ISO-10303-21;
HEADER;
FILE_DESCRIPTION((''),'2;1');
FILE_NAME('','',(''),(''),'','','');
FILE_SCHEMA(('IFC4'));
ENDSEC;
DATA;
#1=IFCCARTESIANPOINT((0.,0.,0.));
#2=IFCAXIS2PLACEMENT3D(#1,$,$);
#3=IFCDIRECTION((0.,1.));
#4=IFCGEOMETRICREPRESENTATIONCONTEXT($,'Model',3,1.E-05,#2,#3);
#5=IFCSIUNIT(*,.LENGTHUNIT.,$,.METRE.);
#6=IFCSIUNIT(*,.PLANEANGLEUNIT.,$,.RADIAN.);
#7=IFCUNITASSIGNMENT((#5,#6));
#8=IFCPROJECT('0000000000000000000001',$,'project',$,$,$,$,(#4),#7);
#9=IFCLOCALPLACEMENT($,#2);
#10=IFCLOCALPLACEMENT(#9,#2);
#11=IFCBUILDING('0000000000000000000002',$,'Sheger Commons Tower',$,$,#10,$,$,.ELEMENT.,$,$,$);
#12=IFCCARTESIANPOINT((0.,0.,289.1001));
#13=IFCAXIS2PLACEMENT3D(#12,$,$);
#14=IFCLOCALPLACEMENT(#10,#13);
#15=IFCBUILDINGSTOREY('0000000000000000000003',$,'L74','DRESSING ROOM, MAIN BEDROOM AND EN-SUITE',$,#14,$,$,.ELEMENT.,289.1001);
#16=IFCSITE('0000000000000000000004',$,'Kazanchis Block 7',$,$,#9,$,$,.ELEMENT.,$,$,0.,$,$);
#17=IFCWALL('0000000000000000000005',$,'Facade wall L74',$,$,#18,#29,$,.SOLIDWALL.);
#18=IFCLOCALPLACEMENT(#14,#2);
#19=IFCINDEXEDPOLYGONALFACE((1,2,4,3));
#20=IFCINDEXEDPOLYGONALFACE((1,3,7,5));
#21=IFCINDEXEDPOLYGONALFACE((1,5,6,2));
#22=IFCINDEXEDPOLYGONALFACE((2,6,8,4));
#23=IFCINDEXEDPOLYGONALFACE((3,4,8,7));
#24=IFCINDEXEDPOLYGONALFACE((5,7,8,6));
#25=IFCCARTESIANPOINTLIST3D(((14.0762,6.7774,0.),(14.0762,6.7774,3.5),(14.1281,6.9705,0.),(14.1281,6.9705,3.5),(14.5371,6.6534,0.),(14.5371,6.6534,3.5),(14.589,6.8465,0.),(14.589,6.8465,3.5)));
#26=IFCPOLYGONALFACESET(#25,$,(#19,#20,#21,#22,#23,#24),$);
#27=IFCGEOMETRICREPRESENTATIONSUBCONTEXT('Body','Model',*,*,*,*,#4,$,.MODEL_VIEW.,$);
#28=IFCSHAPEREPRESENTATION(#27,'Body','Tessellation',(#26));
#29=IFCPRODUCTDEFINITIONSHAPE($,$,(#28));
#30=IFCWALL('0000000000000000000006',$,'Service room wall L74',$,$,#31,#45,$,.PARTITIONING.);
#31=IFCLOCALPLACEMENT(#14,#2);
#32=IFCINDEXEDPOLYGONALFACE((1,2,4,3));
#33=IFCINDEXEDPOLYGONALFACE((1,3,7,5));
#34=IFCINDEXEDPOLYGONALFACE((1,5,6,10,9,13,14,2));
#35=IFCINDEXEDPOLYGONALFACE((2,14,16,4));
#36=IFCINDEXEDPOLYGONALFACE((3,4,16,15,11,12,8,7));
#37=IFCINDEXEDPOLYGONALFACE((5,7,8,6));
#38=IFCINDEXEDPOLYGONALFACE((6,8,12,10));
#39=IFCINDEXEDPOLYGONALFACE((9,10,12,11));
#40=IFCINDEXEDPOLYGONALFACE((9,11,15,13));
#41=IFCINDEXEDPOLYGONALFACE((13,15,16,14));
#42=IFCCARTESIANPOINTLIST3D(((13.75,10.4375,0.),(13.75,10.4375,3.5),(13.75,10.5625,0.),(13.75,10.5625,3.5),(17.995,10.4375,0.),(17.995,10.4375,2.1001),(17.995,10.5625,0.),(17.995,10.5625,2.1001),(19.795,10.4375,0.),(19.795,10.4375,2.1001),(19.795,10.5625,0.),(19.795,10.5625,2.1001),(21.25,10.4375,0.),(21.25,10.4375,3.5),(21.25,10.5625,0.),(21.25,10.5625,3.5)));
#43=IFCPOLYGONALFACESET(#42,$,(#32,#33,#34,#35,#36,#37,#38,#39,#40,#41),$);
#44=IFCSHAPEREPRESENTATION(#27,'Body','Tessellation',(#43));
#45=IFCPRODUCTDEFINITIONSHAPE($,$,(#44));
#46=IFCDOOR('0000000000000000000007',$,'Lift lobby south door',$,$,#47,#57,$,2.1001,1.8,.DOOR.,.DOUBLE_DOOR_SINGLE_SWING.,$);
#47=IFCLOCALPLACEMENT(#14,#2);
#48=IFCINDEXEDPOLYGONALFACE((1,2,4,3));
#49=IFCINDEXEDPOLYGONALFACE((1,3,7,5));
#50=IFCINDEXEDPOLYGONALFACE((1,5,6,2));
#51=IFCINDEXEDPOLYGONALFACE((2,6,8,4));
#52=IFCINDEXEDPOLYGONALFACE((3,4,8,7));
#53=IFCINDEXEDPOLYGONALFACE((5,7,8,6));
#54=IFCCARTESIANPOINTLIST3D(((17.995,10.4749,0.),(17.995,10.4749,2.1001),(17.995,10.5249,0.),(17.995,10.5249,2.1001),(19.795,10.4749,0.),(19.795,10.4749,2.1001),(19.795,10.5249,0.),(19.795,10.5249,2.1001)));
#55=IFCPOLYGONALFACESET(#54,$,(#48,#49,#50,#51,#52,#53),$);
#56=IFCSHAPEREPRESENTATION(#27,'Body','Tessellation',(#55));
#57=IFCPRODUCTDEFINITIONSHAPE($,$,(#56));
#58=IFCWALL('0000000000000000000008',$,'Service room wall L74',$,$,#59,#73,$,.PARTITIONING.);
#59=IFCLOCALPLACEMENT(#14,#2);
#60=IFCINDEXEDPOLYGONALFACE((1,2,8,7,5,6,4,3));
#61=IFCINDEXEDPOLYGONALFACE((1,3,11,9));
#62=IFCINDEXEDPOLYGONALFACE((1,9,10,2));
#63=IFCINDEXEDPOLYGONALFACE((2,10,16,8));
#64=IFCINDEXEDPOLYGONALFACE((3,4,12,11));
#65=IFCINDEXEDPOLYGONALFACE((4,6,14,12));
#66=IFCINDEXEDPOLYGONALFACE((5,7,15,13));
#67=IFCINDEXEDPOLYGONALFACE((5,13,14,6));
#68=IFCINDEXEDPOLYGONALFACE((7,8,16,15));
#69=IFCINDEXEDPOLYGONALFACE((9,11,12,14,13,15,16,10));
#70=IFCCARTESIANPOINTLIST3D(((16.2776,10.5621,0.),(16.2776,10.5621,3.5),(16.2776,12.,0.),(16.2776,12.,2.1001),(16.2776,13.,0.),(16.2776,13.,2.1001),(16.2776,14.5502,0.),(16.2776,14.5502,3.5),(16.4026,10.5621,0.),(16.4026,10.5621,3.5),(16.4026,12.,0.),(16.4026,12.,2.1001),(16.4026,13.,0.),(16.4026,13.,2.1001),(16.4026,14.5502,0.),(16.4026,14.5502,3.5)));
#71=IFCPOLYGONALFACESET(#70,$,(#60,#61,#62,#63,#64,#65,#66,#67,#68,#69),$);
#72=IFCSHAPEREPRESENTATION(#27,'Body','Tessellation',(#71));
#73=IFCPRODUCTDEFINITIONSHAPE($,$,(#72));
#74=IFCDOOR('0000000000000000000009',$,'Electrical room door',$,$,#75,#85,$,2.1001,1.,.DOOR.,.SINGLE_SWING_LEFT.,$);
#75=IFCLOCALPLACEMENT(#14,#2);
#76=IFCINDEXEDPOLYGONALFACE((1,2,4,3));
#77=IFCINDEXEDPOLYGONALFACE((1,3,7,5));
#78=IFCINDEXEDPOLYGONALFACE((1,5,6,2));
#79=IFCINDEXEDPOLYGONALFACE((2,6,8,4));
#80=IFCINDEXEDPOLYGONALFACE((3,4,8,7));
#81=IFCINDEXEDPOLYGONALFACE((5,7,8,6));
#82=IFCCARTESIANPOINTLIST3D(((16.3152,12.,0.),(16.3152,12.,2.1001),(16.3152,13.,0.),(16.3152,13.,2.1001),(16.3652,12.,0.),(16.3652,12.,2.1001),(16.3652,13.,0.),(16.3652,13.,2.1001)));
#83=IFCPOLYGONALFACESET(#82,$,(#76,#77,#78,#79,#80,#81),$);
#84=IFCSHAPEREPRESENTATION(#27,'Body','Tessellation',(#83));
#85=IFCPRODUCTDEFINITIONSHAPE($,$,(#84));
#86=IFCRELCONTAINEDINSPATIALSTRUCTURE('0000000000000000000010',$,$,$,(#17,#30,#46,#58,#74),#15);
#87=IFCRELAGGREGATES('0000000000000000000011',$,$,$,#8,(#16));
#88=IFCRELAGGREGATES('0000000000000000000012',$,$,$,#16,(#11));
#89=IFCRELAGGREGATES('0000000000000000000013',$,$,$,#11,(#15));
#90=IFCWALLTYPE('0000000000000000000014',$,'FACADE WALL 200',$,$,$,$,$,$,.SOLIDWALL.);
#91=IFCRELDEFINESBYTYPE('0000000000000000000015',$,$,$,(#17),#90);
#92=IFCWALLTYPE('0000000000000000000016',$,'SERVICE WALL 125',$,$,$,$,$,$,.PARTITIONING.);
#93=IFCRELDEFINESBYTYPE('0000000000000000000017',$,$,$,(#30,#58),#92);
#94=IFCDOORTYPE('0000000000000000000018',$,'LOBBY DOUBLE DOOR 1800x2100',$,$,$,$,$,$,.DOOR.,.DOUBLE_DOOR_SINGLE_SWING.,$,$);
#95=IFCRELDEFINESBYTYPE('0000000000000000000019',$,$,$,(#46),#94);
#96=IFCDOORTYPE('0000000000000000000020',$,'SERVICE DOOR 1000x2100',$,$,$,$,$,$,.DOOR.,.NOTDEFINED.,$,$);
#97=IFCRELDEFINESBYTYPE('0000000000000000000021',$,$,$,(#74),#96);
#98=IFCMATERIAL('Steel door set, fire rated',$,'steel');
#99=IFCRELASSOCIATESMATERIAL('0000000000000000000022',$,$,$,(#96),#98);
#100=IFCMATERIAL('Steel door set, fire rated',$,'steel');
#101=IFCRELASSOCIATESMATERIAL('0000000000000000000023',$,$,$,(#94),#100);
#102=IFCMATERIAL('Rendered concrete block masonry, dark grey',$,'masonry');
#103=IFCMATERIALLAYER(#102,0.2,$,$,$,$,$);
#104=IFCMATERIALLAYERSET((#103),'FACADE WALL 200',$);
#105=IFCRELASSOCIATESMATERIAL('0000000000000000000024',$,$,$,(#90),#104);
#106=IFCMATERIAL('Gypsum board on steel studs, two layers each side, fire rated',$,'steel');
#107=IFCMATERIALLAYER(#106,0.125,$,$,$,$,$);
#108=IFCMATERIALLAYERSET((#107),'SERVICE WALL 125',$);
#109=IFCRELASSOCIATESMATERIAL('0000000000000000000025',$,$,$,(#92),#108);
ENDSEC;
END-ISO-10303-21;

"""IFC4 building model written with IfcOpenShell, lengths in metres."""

from ifc_helpers import new_model, si_unit, direction, frame, frame_2d, origin, place, context, subcontext, project, spatial, rectangle, extrude, material, layer, layer_set, type_object, element, fill, save


model = new_model("IFC4")

# Units and contexts
model_context = context("Model", 3, precision=1e-05, world=origin(), true_north=direction((0.0, 1.0)))
body_context = subcontext(model_context, "Body", "Model", "MODEL_VIEW")
ifc_project = project(units=[si_unit("LENGTHUNIT", "METRE"), si_unit("PLANEANGLEUNIT", "RADIAN")], contexts=[model_context])

# Site, building, storey
site_placement = place(None, origin())
site = spatial("IfcSite", under=ifc_project, at=site_placement, Name="Kazanchis Block 7", CompositionType="ELEMENT", RefElevation=0.0)
building_placement = place(site_placement, origin())
building = spatial("IfcBuilding", under=site, at=building_placement, Name="Sheger Commons Tower", CompositionType="ELEMENT")
storey_placement = place(building_placement, frame((0.0, 0.0, 289.1001)))
storey = spatial("IfcBuildingStorey", under=building, at=storey_placement, Name="L74", Description="DRESSING ROOM, MAIN BEDROOM AND EN-SUITE", CompositionType="ELEMENT", Elevation=289.1001)

# Shared definitions
ifc_material_1 = material(Name="Steel door set, fire rated", Category="steel")
door_type_1 = type_object("IfcDoorType", Name="SERVICE DOOR 1000x2100", OperationType="NOTDEFINED", PredefinedType="DOOR", material=ifc_material_1)
ifc_material_2 = material(Name="Steel door set, fire rated", Category="steel")
door_type_2 = type_object("IfcDoorType", Name="LOBBY DOUBLE DOOR 1800x2100", OperationType="DOUBLE_DOOR_SINGLE_SWING", PredefinedType="DOOR", material=ifc_material_2)

# Wall
ifc_material_3 = material(Name="Rendered concrete block masonry, dark grey", Category="masonry")
ifc_layer_1 = layer(ifc_material_3, 0.2)
ifc_layer_set_1 = layer_set([ifc_layer_1], Name="FACADE WALL 200")
wall_type_1 = type_object("IfcWallType", Name="FACADE WALL 200", PredefinedType="SOLIDWALL", material=ifc_layer_set_1)
wall_1_placement = place(storey_placement, frame((14.1021, 6.874, 0.0), z_axis=(0.0, 0.0, 1.0), x_axis=(0.965655, -0.259827, 0.0)))
element("IfcWall", 1, at=wall_1_placement, inside=storey, type_object=wall_type_1, Name="Facade wall L74", PredefinedType="SOLIDWALL", context=body_context, shape_type="SweptSolid", body=[
    extrude(rectangle(XDim=0.4773, YDim=0.2, at=frame_2d((0.2388, 0.0))), origin(), (0.0, 0.0, 1.0), 3.5),
])

# Walls, openings, doors
ifc_material_4 = material(Name="Gypsum board on steel studs, two layers each side, fire rated", Category="steel")
ifc_layer_2 = layer(ifc_material_4, 0.125)
ifc_layer_set_2 = layer_set([ifc_layer_2], Name="SERVICE WALL 125")
wall_type_2 = type_object("IfcWallType", Name="SERVICE WALL 125", PredefinedType="PARTITIONING", material=ifc_layer_set_2)
wall_2_placement = place(storey_placement, frame((13.75, 10.5, 0.0), z_axis=(0.0, 0.0, 1.0), x_axis=(1.0, 0.0, 0.0)))
wall_2 = element("IfcWall", 2, at=wall_2_placement, inside=storey, type_object=wall_type_2, Name="Service room wall L74", PredefinedType="PARTITIONING", context=body_context, shape_type="SweptSolid", body=[
    extrude(rectangle(XDim=7.5, YDim=0.125, at=frame_2d((3.75, 0.0))), origin(), (0.0, 0.0, 1.0), 3.5),
])
opening_1_placement = place(wall_2_placement, frame((4.2451, 0.0, 0.0)))
opening_1 = element("IfcOpeningElement", 3, at=opening_1_placement, cuts=wall_2, PredefinedType="OPENING", context=body_context, shape_type="SweptSolid", body=[
    extrude(rectangle(XDim=1.8, YDim=2.1001, at=frame_2d((0.8999, 1.05))), frame((0.0, 0.0725, 0.0), z_axis=(0.0, -1.0, 0.0), x_axis=(1.0, 0.0, 0.0)), (0.0, 0.0, 1.0), 0.145),
])
door_1_placement = place(opening_1_placement, origin())
door_1 = element("IfcDoor", 4, at=door_1_placement, inside=storey, type_object=door_type_2, Name="Lift lobby south door", OperationType="DOUBLE_DOOR_SINGLE_SWING", OverallHeight=2.1001, OverallWidth=1.8, PredefinedType="DOOR", context=body_context, shape_type="SweptSolid", body=[
    extrude(rectangle(XDim=1.8, YDim=2.1001, at=frame_2d((0.8999, 1.05))), frame((0.0, 0.0249, 0.0), z_axis=(0.0, -1.0, 0.0), x_axis=(1.0, 0.0, 0.0)), (0.0, 0.0, 1.0), 0.05),
])
fill(opening_1, door_1)
wall_3_placement = place(storey_placement, frame((16.3401, 10.562, 0.0), z_axis=(0.0, 0.0, 1.0), x_axis=(0.0, 1.0, 0.0)))
wall_3 = element("IfcWall", 5, at=wall_3_placement, inside=storey, type_object=wall_type_2, Name="Service room wall L74", PredefinedType="PARTITIONING", context=body_context, shape_type="SweptSolid", body=[
    extrude(rectangle(XDim=3.988, YDim=0.125, at=frame_2d((1.9941, 0.0))), origin(), (0.0, 0.0, 1.0), 3.5),
])
opening_2_placement = place(wall_3_placement, frame((1.438, 0.0, 0.0)))
opening_2 = element("IfcOpeningElement", 6, at=opening_2_placement, cuts=wall_3, PredefinedType="OPENING", context=body_context, shape_type="SweptSolid", body=[
    extrude(rectangle(XDim=1.0, YDim=2.1001, at=frame_2d((0.5, 1.05))), frame((0.0, 0.0725, 0.0), z_axis=(0.0, -1.0, 0.0), x_axis=(1.0, 0.0, 0.0)), (0.0, 0.0, 1.0), 0.145),
])
door_2_placement = place(opening_2_placement, origin())
door_2 = element("IfcDoor", 7, at=door_2_placement, inside=storey, type_object=door_type_1, Name="Electrical room door", OperationType="SINGLE_SWING_LEFT", OverallHeight=2.1001, OverallWidth=1.0, PredefinedType="DOOR", context=body_context, shape_type="SweptSolid", body=[
    extrude(rectangle(XDim=1.0, YDim=2.1001, at=frame_2d((0.5, 1.05))), frame((0.0, 0.0249, 0.0), z_axis=(0.0, -1.0, 0.0), x_axis=(1.0, 0.0, 0.0)), (0.0, 0.0, 1.0), 0.05),
])
fill(opening_2, door_2)

save(model, "model.ifc")
